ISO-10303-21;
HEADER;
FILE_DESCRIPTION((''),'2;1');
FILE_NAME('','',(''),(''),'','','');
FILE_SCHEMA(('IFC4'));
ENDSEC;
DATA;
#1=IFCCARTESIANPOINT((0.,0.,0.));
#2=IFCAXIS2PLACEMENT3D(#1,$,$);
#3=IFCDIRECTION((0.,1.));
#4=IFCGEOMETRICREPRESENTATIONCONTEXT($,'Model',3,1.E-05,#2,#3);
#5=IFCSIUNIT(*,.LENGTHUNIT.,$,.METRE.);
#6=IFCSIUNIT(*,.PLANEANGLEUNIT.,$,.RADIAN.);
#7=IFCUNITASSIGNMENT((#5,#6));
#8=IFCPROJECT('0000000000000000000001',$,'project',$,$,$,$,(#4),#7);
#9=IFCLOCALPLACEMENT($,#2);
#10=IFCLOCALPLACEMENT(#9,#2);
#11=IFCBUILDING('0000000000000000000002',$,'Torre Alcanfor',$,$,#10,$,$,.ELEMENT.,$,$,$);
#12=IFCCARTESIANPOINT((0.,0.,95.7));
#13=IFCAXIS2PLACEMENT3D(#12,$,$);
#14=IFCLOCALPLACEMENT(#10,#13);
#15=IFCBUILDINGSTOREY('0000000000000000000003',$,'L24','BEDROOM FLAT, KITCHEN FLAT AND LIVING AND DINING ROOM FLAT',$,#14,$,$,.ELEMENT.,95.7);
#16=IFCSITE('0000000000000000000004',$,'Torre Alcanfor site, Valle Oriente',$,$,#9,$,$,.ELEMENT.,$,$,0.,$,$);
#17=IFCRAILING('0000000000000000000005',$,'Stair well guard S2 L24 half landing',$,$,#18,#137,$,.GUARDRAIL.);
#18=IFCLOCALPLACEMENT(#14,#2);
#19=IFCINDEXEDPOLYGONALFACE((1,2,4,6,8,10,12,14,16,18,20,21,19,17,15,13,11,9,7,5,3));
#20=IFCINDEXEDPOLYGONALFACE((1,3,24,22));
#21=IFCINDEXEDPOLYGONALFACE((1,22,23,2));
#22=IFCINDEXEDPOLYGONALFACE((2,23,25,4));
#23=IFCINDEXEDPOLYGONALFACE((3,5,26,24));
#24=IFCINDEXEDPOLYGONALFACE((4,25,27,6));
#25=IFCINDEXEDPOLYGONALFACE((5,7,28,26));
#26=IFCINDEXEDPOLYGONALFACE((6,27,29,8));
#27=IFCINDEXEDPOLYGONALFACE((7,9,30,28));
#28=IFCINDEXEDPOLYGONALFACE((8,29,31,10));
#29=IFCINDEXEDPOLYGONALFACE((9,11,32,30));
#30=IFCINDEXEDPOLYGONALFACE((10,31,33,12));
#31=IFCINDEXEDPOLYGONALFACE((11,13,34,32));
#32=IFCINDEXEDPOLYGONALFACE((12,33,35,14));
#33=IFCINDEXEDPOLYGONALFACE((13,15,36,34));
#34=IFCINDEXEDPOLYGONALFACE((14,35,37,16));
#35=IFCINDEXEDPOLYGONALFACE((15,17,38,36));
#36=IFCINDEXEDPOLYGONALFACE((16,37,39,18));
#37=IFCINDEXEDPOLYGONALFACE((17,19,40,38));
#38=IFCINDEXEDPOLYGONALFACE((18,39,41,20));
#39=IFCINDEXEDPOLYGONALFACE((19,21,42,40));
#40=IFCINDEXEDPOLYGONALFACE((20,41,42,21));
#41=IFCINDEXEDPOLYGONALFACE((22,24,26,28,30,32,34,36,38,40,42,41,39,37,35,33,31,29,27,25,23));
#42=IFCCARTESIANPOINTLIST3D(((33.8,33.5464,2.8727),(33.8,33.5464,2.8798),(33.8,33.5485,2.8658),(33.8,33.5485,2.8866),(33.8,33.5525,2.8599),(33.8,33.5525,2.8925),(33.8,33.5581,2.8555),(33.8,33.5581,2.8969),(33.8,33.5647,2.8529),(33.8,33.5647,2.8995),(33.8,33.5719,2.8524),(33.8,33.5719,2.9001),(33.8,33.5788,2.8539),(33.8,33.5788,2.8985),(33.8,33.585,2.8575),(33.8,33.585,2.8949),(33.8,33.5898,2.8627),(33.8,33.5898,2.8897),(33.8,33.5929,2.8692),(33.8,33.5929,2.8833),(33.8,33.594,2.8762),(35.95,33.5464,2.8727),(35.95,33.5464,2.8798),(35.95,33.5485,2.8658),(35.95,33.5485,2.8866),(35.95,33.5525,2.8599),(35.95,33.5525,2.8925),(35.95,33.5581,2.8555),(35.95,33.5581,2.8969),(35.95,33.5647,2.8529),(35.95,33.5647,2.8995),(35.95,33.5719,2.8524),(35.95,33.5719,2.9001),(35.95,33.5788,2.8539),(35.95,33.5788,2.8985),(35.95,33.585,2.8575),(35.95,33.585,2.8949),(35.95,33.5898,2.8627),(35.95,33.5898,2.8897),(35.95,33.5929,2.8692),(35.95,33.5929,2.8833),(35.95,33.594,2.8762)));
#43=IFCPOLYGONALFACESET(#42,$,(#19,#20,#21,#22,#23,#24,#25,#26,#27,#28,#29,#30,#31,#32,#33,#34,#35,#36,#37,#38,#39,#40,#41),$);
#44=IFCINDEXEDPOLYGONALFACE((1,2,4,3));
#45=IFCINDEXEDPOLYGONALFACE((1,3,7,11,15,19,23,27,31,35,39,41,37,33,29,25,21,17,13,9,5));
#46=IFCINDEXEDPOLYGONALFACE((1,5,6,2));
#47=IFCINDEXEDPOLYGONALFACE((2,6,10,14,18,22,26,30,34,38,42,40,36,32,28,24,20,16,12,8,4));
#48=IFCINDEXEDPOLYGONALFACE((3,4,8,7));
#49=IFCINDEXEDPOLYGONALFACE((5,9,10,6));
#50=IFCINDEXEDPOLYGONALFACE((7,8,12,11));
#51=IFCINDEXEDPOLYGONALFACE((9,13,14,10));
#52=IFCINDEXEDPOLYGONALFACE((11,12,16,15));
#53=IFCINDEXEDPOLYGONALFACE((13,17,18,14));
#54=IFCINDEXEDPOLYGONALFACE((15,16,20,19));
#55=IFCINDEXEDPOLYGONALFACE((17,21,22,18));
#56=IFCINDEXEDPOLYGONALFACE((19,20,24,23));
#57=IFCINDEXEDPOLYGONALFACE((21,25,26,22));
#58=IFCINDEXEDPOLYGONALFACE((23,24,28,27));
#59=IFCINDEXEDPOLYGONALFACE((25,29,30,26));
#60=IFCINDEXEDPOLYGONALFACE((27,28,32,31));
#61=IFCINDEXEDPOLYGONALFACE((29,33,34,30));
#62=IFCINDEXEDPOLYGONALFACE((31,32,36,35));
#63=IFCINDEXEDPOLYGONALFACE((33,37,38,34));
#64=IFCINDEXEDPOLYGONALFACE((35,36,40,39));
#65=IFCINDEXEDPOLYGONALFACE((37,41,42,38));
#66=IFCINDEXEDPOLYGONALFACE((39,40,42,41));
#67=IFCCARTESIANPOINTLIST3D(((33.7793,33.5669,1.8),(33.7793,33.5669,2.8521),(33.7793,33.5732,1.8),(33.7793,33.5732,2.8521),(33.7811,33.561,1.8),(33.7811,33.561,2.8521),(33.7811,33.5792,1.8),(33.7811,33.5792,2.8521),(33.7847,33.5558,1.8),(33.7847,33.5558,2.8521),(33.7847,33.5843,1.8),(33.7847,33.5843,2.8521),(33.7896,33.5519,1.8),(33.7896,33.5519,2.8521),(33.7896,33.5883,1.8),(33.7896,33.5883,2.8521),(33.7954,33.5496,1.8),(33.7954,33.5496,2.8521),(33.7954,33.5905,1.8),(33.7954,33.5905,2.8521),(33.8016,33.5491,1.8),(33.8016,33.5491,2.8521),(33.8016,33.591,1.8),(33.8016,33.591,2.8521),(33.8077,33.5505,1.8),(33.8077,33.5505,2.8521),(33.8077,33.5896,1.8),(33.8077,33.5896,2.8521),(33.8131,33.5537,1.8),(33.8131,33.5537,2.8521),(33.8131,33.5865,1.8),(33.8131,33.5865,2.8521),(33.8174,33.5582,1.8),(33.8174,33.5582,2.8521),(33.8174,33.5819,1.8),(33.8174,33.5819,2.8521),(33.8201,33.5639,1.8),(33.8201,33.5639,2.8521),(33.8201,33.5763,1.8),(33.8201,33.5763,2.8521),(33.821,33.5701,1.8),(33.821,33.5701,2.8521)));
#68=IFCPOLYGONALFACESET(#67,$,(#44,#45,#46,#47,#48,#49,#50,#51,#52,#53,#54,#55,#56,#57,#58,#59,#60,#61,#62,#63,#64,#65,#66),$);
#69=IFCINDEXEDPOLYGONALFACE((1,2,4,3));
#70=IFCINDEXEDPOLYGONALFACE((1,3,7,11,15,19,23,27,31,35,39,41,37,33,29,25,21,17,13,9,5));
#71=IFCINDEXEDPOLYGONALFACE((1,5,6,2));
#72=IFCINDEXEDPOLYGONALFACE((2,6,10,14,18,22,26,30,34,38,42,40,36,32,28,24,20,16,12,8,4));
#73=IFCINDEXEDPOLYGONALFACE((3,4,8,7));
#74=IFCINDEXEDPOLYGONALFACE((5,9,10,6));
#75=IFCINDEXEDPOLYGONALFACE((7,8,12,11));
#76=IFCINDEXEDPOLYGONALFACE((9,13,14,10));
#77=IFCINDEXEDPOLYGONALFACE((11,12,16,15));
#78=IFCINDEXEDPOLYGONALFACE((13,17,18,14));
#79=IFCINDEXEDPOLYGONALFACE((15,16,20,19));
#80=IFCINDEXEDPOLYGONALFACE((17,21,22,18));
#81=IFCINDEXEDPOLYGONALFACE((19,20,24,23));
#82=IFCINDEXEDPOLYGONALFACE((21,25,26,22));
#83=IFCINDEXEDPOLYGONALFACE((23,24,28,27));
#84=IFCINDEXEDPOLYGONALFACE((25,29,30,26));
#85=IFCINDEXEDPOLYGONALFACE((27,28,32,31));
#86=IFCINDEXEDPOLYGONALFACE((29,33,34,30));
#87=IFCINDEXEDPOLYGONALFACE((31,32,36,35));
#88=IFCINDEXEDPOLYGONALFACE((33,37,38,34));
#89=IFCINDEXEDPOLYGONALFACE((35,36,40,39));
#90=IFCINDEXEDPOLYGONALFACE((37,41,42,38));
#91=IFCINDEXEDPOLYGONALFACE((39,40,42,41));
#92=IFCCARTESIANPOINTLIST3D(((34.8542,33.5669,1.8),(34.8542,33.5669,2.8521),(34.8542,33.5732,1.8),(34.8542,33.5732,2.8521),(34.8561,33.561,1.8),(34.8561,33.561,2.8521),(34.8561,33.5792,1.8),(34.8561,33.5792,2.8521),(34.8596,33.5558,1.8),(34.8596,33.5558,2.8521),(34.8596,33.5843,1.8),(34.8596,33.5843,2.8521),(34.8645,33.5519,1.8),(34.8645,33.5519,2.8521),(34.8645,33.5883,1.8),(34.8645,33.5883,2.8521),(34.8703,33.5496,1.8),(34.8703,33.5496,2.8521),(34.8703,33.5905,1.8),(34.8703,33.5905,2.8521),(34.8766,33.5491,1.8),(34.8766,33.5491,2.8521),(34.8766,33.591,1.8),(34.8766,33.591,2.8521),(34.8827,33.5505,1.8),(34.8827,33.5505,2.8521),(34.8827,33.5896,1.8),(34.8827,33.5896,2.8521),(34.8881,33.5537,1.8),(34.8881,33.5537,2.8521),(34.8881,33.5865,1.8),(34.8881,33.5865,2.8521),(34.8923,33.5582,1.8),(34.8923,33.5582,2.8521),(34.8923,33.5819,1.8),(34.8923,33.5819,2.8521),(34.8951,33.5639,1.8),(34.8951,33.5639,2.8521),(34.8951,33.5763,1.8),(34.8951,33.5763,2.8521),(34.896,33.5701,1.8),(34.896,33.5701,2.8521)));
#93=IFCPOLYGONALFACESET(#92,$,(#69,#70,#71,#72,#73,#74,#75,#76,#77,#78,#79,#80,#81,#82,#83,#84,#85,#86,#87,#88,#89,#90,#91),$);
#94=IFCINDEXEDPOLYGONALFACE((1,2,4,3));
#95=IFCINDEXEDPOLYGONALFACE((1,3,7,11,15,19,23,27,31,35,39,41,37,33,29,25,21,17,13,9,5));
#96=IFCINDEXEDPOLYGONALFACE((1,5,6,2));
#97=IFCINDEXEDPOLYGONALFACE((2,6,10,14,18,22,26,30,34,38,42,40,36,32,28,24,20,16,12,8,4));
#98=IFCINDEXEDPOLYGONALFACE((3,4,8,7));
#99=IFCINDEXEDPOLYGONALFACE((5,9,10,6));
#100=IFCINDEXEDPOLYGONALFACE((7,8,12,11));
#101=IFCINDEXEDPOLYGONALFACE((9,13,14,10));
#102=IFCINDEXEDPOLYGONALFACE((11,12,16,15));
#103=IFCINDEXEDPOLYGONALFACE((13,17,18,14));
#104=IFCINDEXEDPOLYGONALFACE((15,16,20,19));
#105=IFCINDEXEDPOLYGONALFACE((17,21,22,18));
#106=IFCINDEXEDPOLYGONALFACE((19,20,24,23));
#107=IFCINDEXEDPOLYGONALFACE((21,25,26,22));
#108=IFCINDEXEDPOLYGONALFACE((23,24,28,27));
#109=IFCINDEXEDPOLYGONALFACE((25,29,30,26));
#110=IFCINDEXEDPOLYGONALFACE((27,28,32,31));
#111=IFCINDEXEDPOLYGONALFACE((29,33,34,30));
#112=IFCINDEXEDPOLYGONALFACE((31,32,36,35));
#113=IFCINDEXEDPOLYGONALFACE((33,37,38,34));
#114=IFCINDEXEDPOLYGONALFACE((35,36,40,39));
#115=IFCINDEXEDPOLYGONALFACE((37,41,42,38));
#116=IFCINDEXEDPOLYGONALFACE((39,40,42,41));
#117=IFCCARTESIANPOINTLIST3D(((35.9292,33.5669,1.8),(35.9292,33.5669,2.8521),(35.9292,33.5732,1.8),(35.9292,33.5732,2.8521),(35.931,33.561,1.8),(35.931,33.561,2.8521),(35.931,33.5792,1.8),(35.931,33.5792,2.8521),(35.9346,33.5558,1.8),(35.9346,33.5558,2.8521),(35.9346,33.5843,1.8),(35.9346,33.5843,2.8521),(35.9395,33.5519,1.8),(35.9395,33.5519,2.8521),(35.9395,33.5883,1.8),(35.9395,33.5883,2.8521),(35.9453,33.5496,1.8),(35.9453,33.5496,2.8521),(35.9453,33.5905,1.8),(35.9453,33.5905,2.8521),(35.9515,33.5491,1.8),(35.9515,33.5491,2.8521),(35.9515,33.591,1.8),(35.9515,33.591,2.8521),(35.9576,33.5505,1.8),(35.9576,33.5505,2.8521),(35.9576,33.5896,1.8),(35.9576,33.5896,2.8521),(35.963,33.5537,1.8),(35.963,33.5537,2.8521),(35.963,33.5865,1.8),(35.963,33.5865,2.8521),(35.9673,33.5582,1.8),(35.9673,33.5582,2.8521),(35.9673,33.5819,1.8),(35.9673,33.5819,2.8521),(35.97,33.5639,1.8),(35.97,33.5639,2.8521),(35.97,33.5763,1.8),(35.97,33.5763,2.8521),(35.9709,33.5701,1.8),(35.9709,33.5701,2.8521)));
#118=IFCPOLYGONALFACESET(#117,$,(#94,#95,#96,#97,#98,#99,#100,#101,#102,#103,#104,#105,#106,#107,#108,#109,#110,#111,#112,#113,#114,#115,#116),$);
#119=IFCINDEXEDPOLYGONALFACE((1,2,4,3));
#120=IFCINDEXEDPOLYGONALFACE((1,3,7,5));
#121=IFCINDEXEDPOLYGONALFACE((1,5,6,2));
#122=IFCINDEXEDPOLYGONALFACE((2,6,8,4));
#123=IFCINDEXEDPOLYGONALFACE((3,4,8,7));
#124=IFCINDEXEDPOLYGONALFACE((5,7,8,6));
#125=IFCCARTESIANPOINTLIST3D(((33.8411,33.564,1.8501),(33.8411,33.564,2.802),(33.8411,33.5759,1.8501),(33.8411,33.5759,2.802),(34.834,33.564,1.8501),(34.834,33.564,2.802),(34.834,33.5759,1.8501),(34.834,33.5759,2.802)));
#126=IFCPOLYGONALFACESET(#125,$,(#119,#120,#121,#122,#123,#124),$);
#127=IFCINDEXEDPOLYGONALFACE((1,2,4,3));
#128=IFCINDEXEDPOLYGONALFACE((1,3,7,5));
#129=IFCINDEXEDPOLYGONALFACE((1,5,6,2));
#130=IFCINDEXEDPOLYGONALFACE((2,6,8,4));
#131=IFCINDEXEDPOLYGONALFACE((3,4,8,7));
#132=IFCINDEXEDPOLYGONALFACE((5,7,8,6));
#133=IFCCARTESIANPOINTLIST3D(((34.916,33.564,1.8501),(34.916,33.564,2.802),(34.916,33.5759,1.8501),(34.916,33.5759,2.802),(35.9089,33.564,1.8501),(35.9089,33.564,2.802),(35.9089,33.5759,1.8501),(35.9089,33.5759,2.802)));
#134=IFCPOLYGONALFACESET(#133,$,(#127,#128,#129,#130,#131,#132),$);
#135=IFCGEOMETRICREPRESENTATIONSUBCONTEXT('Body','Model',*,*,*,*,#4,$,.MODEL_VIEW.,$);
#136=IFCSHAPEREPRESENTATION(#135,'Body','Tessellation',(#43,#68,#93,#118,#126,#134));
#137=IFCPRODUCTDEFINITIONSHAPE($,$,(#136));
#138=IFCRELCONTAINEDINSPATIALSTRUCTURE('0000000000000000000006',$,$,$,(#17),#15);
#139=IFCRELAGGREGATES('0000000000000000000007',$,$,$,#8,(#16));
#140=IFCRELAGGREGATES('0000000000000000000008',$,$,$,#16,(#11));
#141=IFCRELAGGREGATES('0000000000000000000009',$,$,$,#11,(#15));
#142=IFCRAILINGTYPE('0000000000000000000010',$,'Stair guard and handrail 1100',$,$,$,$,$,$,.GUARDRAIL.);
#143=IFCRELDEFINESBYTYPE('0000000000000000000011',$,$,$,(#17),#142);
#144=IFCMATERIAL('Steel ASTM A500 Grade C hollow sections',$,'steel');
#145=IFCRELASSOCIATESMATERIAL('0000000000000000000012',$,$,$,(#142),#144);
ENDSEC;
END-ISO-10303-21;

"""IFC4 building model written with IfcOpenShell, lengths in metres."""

from ifc_helpers import new_model, si_unit, direction, frame, origin, origin_2d, place, context, subcontext, project, spatial, polyline, circle, outline, extrude, material, type_object, element, save


model = new_model("IFC4")

# Units and contexts
model_context = context("Model", 3, precision=1e-05, world=origin(), true_north=direction((0.0, 1.0)))
body_context = subcontext(model_context, "Body", "Model", "MODEL_VIEW")
ifc_project = project(units=[si_unit("LENGTHUNIT", "METRE"), si_unit("PLANEANGLEUNIT", "RADIAN")], contexts=[model_context])

# Site, building, storey
site_placement = place(None, origin())
site = spatial("IfcSite", under=ifc_project, at=site_placement, Name="Torre Alcanfor site, Valle Oriente", CompositionType="ELEMENT", RefElevation=0.0)
building_placement = place(site_placement, origin())
building = spatial("IfcBuilding", under=site, at=building_placement, Name="Torre Alcanfor", CompositionType="ELEMENT")
storey_placement = place(building_placement, frame((0.0, 0.0, 95.7)))
storey = spatial("IfcBuildingStorey", under=building, at=storey_placement, Name="L24", Description="BEDROOM FLAT, KITCHEN FLAT AND LIVING AND DINING ROOM FLAT", CompositionType="ELEMENT", Elevation=95.7)

# Railing
ifc_material_1 = material(Name="Steel ASTM A500 Grade C hollow sections", Category="steel")
railing_type_1 = type_object("IfcRailingType", Name="Stair guard and handrail 1100", PredefinedType="GUARDRAIL", material=ifc_material_1)
for number, where, name in (
    (1, (33.8, 33.5701, 1.8), "Stair well guard S2 L24 half landing"),
):
    element("IfcRailing", number, at=place(storey_placement, frame(where)), inside=storey, type_object=railing_type_1, Name=name, PredefinedType="GUARDRAIL", context=body_context, shape_type="SweptSolid", body=[
        extrude(circle(Radius=0.0239, at=origin_2d()), frame((0.0, 0.0, 1.0762), z_axis=(1.0, 0.0, 0.0), x_axis=(0.0, 1.0, 0.0)), (0.0, 0.0, 1.0), 2.1499),
        extrude(circle(Radius=0.021, at=origin_2d()), origin(), (0.0, 0.0, 1.0), 1.052),
        extrude(circle(Radius=0.021, at=origin_2d()), frame((1.075, 0.0, 0.0)), (0.0, 0.0, 1.0), 1.052),
        extrude(circle(Radius=0.021, at=origin_2d()), frame((2.1499, 0.0, 0.0)), (0.0, 0.0, 1.0), 1.052),
        extrude(outline(polyline([(0.041, 0.05), (1.0339, 0.05), (1.0339, 1.002), (0.041, 1.002), (0.041, 0.05)])), frame((0.0, 0.0059, 0.0), z_axis=(0.0, -1.0, 0.0), x_axis=(1.0, 0.0, 0.0)), (0.0, 0.0, 1.0), 0.012),
        extrude(outline(polyline([(1.116, 0.05), (2.1089, 0.05), (2.1089, 1.002), (1.116, 1.002), (1.116, 0.05)])), frame((0.0, 0.0059, 0.0), z_axis=(0.0, -1.0, 0.0), x_axis=(1.0, 0.0, 0.0)), (0.0, 0.0, 1.0), 0.012),
    ])

save(model, "model.ifc")
